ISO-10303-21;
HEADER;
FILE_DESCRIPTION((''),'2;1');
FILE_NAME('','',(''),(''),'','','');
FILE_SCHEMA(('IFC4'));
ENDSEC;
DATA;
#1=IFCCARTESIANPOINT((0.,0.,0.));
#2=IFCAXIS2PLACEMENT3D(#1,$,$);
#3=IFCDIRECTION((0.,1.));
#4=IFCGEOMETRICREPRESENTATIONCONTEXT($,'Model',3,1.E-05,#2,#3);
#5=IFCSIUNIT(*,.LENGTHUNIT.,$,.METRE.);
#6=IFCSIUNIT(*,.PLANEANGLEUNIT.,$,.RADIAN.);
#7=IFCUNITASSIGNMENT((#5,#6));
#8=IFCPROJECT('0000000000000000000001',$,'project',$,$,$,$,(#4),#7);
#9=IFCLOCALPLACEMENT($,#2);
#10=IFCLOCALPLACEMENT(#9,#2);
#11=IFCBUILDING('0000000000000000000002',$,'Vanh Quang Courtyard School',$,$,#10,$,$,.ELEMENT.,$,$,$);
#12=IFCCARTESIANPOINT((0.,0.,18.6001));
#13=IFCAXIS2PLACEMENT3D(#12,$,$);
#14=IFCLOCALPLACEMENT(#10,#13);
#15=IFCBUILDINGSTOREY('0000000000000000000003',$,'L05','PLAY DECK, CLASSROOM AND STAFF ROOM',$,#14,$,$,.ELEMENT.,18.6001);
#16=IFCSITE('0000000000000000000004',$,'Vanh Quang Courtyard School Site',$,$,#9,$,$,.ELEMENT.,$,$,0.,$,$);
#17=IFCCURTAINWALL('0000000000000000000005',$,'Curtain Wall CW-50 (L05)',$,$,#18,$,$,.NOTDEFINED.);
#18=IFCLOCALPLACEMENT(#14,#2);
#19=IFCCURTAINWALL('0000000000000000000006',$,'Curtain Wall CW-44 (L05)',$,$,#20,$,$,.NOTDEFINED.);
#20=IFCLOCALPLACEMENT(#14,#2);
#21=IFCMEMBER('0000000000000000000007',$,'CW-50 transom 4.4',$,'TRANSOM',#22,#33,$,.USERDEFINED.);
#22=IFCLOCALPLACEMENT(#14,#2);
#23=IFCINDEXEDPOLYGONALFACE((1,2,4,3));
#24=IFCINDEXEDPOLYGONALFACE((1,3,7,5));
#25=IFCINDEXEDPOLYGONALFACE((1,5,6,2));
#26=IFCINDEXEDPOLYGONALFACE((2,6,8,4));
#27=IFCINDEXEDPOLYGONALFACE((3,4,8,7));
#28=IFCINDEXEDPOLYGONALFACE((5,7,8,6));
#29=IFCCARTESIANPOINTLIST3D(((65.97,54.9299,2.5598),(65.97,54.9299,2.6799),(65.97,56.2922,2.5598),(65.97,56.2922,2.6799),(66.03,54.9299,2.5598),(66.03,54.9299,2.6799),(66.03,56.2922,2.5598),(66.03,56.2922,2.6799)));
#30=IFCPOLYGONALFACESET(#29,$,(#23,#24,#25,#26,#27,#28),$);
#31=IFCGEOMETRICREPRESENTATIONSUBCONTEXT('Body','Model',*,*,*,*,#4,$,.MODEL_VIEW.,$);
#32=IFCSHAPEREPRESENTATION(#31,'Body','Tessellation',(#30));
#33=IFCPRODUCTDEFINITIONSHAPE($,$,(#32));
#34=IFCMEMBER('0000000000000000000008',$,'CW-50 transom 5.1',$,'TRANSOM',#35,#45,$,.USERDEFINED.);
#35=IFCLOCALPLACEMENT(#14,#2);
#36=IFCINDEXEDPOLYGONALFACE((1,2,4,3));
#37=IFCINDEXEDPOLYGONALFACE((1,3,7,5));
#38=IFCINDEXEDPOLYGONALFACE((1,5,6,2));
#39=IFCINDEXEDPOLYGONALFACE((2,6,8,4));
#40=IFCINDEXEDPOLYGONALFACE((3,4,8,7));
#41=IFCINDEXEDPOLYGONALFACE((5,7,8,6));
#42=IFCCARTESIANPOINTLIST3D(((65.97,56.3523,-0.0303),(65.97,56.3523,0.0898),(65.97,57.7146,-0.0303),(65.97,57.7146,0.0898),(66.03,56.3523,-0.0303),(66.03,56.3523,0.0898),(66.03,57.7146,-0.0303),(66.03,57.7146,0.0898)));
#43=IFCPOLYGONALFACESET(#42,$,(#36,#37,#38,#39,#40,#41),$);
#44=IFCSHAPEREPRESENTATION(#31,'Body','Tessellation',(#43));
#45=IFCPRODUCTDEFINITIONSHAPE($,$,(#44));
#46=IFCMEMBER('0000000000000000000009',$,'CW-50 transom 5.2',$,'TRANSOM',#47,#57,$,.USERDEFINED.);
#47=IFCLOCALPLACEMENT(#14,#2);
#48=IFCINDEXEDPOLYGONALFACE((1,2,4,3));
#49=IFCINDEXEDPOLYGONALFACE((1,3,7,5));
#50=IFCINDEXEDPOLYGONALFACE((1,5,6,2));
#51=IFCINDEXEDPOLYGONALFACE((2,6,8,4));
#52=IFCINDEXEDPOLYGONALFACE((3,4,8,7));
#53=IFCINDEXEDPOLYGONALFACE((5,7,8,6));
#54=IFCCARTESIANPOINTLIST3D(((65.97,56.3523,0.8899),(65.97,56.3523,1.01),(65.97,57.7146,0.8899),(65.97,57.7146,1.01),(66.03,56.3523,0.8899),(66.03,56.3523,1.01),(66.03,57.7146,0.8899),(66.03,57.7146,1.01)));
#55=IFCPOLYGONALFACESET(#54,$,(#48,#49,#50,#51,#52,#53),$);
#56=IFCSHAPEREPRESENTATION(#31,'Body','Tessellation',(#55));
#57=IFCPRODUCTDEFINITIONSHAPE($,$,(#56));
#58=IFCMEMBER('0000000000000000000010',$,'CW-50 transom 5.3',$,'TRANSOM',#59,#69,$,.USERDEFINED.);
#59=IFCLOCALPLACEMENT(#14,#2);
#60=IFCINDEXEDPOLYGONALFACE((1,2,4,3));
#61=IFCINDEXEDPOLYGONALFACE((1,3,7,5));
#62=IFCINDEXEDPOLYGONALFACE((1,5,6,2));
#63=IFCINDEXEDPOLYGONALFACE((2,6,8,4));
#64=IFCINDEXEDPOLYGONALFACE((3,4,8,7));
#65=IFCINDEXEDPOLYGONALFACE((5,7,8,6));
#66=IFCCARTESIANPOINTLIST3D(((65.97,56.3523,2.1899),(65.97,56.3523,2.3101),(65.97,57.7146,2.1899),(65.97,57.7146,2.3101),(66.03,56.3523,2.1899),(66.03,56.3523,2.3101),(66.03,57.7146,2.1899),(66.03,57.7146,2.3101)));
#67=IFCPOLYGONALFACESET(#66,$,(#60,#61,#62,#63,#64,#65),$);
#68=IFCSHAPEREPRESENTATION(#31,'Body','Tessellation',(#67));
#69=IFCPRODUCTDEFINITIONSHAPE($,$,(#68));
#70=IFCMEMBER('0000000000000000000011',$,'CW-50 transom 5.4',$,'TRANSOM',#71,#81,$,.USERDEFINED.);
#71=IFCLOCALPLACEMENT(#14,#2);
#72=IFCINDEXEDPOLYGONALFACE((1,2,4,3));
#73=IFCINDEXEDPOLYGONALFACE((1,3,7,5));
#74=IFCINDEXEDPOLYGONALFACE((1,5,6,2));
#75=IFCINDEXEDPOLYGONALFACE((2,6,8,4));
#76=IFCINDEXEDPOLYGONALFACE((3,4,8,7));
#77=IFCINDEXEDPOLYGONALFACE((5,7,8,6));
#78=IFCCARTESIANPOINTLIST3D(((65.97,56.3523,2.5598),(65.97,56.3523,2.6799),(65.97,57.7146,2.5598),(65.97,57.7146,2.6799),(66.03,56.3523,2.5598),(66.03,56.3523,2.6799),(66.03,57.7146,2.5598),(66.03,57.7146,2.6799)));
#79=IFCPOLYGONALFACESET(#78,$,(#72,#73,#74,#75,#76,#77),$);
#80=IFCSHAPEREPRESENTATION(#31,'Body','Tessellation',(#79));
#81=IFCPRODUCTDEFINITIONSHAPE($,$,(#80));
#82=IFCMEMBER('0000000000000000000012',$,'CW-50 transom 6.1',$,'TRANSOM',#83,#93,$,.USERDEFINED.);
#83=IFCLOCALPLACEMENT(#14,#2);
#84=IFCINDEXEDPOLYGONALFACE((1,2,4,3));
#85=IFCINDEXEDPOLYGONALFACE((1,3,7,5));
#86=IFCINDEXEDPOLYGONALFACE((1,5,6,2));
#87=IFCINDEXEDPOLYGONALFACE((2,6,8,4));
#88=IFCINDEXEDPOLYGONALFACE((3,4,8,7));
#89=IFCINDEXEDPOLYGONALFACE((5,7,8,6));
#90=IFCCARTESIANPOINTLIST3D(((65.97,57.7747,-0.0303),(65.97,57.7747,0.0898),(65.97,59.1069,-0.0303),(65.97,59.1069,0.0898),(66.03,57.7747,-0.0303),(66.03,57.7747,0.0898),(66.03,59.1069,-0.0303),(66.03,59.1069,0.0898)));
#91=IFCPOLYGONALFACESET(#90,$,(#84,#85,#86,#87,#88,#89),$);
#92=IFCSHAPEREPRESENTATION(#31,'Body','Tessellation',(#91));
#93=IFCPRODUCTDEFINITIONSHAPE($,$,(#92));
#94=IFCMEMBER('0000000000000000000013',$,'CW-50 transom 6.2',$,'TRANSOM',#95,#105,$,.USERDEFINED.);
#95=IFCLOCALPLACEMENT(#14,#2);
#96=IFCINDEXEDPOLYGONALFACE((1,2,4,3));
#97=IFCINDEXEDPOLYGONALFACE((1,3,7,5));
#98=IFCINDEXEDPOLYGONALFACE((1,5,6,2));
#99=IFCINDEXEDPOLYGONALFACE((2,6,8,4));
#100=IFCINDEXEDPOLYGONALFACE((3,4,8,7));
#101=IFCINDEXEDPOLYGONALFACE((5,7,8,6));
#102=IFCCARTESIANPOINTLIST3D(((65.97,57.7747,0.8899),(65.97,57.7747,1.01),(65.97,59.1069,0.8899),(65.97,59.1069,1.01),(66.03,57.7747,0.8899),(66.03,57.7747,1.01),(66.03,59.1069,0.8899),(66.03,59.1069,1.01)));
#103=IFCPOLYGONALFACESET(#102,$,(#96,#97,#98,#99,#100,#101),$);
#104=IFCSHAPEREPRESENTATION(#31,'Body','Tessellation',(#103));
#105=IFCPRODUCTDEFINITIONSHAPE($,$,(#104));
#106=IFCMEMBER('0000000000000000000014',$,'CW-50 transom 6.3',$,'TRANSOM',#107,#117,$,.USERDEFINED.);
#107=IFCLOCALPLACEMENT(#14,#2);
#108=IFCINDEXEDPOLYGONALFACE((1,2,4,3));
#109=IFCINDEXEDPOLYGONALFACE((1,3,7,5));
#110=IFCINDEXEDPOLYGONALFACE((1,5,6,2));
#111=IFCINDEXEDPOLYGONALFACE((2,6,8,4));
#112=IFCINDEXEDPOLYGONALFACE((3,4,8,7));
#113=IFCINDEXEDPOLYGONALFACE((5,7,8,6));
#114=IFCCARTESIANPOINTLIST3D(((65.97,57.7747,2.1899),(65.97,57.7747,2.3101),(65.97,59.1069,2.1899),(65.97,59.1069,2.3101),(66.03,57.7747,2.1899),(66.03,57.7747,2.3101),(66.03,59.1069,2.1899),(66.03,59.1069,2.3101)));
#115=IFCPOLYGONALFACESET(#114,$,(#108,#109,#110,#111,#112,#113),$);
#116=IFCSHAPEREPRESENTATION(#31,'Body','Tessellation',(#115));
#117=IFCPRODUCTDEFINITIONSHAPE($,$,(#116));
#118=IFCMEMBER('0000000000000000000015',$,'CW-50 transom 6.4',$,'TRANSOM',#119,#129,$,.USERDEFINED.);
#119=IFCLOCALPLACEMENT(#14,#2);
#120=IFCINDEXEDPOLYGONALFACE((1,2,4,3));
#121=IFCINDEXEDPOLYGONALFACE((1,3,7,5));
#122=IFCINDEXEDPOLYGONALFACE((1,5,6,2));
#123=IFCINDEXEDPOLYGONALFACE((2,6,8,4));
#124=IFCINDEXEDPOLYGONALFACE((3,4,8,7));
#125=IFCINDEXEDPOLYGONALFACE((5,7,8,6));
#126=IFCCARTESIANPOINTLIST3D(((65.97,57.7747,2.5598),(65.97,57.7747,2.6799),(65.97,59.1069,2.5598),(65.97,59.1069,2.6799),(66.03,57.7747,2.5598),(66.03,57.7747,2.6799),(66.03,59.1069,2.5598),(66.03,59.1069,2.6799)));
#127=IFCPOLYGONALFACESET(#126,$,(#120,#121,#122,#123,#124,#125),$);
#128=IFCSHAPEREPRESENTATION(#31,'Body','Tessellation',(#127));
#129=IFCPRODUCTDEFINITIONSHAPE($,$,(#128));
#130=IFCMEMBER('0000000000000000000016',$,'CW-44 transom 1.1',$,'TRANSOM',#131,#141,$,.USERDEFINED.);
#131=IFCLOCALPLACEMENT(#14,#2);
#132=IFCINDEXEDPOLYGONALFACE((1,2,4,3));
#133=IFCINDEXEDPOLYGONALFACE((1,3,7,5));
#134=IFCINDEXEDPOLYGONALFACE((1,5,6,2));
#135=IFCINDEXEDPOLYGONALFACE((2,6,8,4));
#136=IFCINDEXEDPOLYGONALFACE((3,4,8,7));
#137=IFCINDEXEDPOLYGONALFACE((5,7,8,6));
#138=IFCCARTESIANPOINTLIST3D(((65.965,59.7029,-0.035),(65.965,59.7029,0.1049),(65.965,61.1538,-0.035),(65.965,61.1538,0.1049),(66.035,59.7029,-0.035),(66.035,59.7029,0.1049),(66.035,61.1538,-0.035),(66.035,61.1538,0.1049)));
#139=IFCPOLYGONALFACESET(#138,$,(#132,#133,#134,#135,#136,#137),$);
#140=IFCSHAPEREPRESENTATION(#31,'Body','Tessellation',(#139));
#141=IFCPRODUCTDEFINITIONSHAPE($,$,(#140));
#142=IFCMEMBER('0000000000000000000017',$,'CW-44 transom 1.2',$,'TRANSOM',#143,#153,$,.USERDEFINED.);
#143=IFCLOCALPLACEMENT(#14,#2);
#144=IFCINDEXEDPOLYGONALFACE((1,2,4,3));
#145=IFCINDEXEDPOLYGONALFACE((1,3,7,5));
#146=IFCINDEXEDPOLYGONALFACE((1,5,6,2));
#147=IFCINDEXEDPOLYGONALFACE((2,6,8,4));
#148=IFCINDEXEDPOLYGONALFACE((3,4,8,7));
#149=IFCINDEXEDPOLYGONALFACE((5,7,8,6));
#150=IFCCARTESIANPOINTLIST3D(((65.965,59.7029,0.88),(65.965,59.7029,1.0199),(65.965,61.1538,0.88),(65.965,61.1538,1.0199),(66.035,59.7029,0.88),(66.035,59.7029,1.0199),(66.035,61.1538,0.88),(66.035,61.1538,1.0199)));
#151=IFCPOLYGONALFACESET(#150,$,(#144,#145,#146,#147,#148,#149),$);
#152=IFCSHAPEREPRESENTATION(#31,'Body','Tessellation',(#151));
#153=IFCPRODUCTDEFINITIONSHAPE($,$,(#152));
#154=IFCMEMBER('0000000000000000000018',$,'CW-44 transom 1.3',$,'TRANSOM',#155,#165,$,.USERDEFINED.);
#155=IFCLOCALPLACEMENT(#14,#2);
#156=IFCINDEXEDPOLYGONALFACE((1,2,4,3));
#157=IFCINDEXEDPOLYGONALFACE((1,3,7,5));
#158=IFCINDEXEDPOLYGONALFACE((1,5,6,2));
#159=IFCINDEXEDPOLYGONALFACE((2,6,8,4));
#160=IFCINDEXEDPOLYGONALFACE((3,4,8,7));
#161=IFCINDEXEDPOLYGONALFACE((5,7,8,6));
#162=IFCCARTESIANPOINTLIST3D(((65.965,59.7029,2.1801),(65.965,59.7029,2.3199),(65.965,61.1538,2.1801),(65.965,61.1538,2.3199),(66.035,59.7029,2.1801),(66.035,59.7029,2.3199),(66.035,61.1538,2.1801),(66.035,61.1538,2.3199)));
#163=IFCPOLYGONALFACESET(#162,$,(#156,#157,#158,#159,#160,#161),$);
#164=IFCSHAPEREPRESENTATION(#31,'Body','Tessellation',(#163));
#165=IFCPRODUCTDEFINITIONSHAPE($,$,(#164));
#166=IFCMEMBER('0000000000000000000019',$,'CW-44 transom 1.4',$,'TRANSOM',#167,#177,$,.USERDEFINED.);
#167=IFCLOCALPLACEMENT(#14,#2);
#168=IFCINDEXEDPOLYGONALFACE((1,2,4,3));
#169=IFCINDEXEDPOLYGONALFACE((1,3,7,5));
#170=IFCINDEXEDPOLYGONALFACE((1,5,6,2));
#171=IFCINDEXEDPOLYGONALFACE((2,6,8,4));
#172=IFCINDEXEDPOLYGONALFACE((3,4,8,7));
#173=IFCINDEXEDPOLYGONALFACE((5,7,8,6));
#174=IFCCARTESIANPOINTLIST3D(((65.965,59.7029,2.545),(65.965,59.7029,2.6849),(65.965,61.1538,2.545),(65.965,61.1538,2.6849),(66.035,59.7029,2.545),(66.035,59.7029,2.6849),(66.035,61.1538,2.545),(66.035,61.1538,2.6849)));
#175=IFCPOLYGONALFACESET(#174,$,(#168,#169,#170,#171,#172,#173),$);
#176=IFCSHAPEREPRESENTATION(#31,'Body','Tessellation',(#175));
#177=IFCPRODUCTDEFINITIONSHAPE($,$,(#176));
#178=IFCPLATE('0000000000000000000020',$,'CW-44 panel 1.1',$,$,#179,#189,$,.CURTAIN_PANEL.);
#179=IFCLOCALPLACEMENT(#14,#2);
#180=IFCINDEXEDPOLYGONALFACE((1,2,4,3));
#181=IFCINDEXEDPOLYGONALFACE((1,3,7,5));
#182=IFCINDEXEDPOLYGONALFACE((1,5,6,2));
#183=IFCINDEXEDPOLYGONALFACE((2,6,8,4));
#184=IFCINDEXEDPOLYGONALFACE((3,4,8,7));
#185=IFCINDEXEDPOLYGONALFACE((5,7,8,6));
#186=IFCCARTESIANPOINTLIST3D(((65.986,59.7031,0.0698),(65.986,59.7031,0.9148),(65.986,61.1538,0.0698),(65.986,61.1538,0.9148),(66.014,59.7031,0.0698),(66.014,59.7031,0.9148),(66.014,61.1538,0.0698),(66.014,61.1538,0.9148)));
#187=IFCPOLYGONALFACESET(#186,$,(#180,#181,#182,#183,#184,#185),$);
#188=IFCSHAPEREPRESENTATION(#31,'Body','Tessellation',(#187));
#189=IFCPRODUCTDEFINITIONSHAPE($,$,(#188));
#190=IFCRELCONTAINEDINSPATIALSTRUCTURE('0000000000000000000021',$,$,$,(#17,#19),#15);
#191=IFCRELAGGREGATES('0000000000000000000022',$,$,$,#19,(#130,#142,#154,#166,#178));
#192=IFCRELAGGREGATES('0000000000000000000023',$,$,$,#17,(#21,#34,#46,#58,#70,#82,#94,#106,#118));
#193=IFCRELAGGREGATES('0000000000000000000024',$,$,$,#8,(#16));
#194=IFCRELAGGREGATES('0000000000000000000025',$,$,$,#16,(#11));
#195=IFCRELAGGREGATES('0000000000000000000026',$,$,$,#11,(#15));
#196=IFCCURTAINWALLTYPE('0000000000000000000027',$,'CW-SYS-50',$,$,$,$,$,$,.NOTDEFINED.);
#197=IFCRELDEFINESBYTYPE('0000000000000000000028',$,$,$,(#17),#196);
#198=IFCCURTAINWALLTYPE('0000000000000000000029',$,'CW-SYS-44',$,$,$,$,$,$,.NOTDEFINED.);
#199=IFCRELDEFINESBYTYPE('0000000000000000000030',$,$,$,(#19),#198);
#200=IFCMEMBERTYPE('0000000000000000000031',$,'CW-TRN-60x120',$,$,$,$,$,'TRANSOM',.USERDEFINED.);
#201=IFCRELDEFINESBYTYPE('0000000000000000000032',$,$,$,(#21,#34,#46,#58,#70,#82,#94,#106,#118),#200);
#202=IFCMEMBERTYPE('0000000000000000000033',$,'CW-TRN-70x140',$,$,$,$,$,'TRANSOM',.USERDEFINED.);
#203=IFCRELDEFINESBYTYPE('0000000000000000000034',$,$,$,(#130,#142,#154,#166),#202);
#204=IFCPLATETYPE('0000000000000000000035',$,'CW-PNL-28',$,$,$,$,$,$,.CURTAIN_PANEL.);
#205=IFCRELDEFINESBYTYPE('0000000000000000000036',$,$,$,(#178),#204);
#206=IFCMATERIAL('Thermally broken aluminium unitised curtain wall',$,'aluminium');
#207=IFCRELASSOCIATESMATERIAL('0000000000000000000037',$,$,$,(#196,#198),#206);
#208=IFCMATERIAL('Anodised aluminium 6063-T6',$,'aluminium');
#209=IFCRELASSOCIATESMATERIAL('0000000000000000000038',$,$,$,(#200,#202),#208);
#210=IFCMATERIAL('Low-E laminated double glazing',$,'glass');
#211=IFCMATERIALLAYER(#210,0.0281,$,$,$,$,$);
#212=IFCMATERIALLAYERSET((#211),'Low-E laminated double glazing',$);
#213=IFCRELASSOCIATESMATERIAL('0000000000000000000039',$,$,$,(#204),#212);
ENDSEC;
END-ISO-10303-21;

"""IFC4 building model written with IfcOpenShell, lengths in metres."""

from ifc_helpers import new_model, si_unit, direction, frame, origin, origin_2d, place, context, subcontext, project, spatial, rectangle, extrude, material, layer, layer_set, material_profile, profile_set, type_object, element, aggregate, save


model = new_model("IFC4")

# Units and contexts
model_context = context("Model", 3, precision=1e-05, world=origin(), true_north=direction((0.0, 1.0)))
body_context = subcontext(model_context, "Body", "Model", "MODEL_VIEW")
ifc_project = project(units=[si_unit("LENGTHUNIT", "METRE"), si_unit("PLANEANGLEUNIT", "RADIAN")], contexts=[model_context])

# Site, building, storey
site_placement = place(None, origin())
site = spatial("IfcSite", under=ifc_project, at=site_placement, Name="Vanh Quang Courtyard School Site", CompositionType="ELEMENT", RefElevation=0.0)
building_placement = place(site_placement, origin())
building = spatial("IfcBuilding", under=site, at=building_placement, Name="Vanh Quang Courtyard School", CompositionType="ELEMENT")
storey_placement = place(building_placement, frame((0.0, 0.0, 18.6001)))
storey = spatial("IfcBuildingStorey", under=building, at=storey_placement, Name="L05", Description="PLAY DECK, CLASSROOM AND STAFF ROOM", CompositionType="ELEMENT", Elevation=18.6001)

# Curtain wall
ifc_material_1 = material(Name="Thermally broken aluminium unitised curtain wall", Category="aluminium")
curtain_wall_type_1 = type_object("IfcCurtainWallType", Name="CW-SYS-50", PredefinedType="NOTDEFINED", material=ifc_material_1)
curtain_wall_1_placement = place(storey_placement, origin())
curtain_wall_1 = element("IfcCurtainWall", 1, at=curtain_wall_1_placement, inside=storey, type_object=curtain_wall_type_1, Name="Curtain Wall CW-50 (L05)", PredefinedType="NOTDEFINED")
ifc_material_2 = material(Name="Anodised aluminium 6063-T6", Category="aluminium")

# Curtain wall
curtain_wall_type_2 = type_object("IfcCurtainWallType", Name="CW-SYS-44", PredefinedType="NOTDEFINED", material=ifc_material_1)
curtain_wall_2_placement = place(storey_placement, origin())
curtain_wall_2 = element("IfcCurtainWall", 2, at=curtain_wall_2_placement, inside=storey, type_object=curtain_wall_type_2, Name="Curtain Wall CW-44 (L05)", PredefinedType="NOTDEFINED")

# Members
ifc_material_profile_1 = material_profile(ifc_material_2, rectangle(XDim=0.0601, YDim=0.1201, at=origin_2d()), Name="ALU-TRN 60x120")
ifc_profile_set_1 = profile_set([ifc_material_profile_1], Name="Anodised aluminium 6063-T6")
member_type_1 = type_object("IfcMemberType", Name="CW-TRN-60x120", ElementType="TRANSOM", PredefinedType="USERDEFINED", material=ifc_profile_set_1)
member_1_placement = place(storey_placement, frame((66.0, 54.9299, 2.6199), z_axis=(0.0, 1.0, 0.0), x_axis=(-1.0, 0.0, 0.0)))
member_1 = element("IfcMember", 3, at=member_1_placement, type_object=member_type_1, Name="CW-50 transom 4.4", ObjectType="TRANSOM", PredefinedType="USERDEFINED", context=body_context, shape_type="SweptSolid", body=[
    extrude(rectangle(XDim=0.0601, YDim=0.1201, at=origin_2d()), origin(), (0.0, 0.0, 1.0), 1.3623),
])
member_2_placement = place(storey_placement, frame((66.0, 56.3523, 0.0298), z_axis=(0.0, 1.0, 0.0), x_axis=(-1.0, 0.0, 0.0)))
member_2 = element("IfcMember", 4, at=member_2_placement, type_object=member_type_1, Name="CW-50 transom 5.1", ObjectType="TRANSOM", PredefinedType="USERDEFINED", context=body_context, shape_type="SweptSolid", body=[
    extrude(rectangle(XDim=0.0601, YDim=0.1201, at=origin_2d()), origin(), (0.0, 0.0, 1.0), 1.3623),
])
member_3_placement = place(storey_placement, frame((66.0, 56.3523, 0.95), z_axis=(0.0, 1.0, 0.0), x_axis=(-1.0, 0.0, 0.0)))
member_3 = element("IfcMember", 5, at=member_3_placement, type_object=member_type_1, Name="CW-50 transom 5.2", ObjectType="TRANSOM", PredefinedType="USERDEFINED", context=body_context, shape_type="SweptSolid", body=[
    extrude(rectangle(XDim=0.0601, YDim=0.1201, at=origin_2d()), origin(), (0.0, 0.0, 1.0), 1.3623),
])
member_4_placement = place(storey_placement, frame((66.0, 56.3523, 2.25), z_axis=(0.0, 1.0, 0.0), x_axis=(-1.0, 0.0, 0.0)))
member_4 = element("IfcMember", 6, at=member_4_placement, type_object=member_type_1, Name="CW-50 transom 5.3", ObjectType="TRANSOM", PredefinedType="USERDEFINED", context=body_context, shape_type="SweptSolid", body=[
    extrude(rectangle(XDim=0.0601, YDim=0.1201, at=origin_2d()), origin(), (0.0, 0.0, 1.0), 1.3623),
])
member_5_placement = place(storey_placement, frame((66.0, 56.3523, 2.6199), z_axis=(0.0, 1.0, 0.0), x_axis=(-1.0, 0.0, 0.0)))
member_5 = element("IfcMember", 7, at=member_5_placement, type_object=member_type_1, Name="CW-50 transom 5.4", ObjectType="TRANSOM", PredefinedType="USERDEFINED", context=body_context, shape_type="SweptSolid", body=[
    extrude(rectangle(XDim=0.0601, YDim=0.1201, at=origin_2d()), origin(), (0.0, 0.0, 1.0), 1.3623),
])
member_6_placement = place(storey_placement, frame((66.0, 57.7747, 0.0298), z_axis=(0.0, 1.0, 0.0), x_axis=(-1.0, 0.0, 0.0)))
member_6 = element("IfcMember", 8, at=member_6_placement, type_object=member_type_1, Name="CW-50 transom 6.1", ObjectType="TRANSOM", PredefinedType="USERDEFINED", context=body_context, shape_type="SweptSolid", body=[
    extrude(rectangle(XDim=0.0601, YDim=0.1201, at=origin_2d()), origin(), (0.0, 0.0, 1.0), 1.3323),
])
member_7_placement = place(storey_placement, frame((66.0, 57.7747, 0.95), z_axis=(0.0, 1.0, 0.0), x_axis=(-1.0, 0.0, 0.0)))
member_7 = element("IfcMember", 9, at=member_7_placement, type_object=member_type_1, Name="CW-50 transom 6.2", ObjectType="TRANSOM", PredefinedType="USERDEFINED", context=body_context, shape_type="SweptSolid", body=[
    extrude(rectangle(XDim=0.0601, YDim=0.1201, at=origin_2d()), origin(), (0.0, 0.0, 1.0), 1.3323),
])
member_8_placement = place(storey_placement, frame((66.0, 57.7747, 2.25), z_axis=(0.0, 1.0, 0.0), x_axis=(-1.0, 0.0, 0.0)))
member_8 = element("IfcMember", 10, at=member_8_placement, type_object=member_type_1, Name="CW-50 transom 6.3", ObjectType="TRANSOM", PredefinedType="USERDEFINED", context=body_context, shape_type="SweptSolid", body=[
    extrude(rectangle(XDim=0.0601, YDim=0.1201, at=origin_2d()), origin(), (0.0, 0.0, 1.0), 1.3323),
])
member_9_placement = place(storey_placement, frame((66.0, 57.7747, 2.6199), z_axis=(0.0, 1.0, 0.0), x_axis=(-1.0, 0.0, 0.0)))
member_9 = element("IfcMember", 11, at=member_9_placement, type_object=member_type_1, Name="CW-50 transom 6.4", ObjectType="TRANSOM", PredefinedType="USERDEFINED", context=body_context, shape_type="SweptSolid", body=[
    extrude(rectangle(XDim=0.0601, YDim=0.1201, at=origin_2d()), origin(), (0.0, 0.0, 1.0), 1.3323),
])
ifc_material_profile_2 = material_profile(ifc_material_2, rectangle(XDim=0.0701, YDim=0.1399, at=origin_2d()), Name="ALU-TRN 70x140")
ifc_profile_set_2 = profile_set([ifc_material_profile_2], Name="Anodised aluminium 6063-T6")
member_type_2 = type_object("IfcMemberType", Name="CW-TRN-70x140", ElementType="TRANSOM", PredefinedType="USERDEFINED", material=ifc_profile_set_2)
member_10_placement = place(storey_placement, frame((66.0, 59.7029, 0.0349), z_axis=(0.0, 1.0, 0.0), x_axis=(-1.0, 0.0, 0.0)))
member_10 = element("IfcMember", 12, at=member_10_placement, type_object=member_type_2, Name="CW-44 transom 1.1", ObjectType="TRANSOM", PredefinedType="USERDEFINED", context=body_context, shape_type="SweptSolid", body=[
    extrude(rectangle(XDim=0.0701, YDim=0.1399, at=origin_2d()), origin(), (0.0, 0.0, 1.0), 1.4509),
])
member_11_placement = place(storey_placement, frame((66.0, 59.7029, 0.95), z_axis=(0.0, 1.0, 0.0), x_axis=(-1.0, 0.0, 0.0)))
member_11 = element("IfcMember", 13, at=member_11_placement, type_object=member_type_2, Name="CW-44 transom 1.2", ObjectType="TRANSOM", PredefinedType="USERDEFINED", context=body_context, shape_type="SweptSolid", body=[
    extrude(rectangle(XDim=0.0701, YDim=0.1399, at=origin_2d()), origin(), (0.0, 0.0, 1.0), 1.4509),
])
member_12_placement = place(storey_placement, frame((66.0, 59.7029, 2.25), z_axis=(0.0, 1.0, 0.0), x_axis=(-1.0, 0.0, 0.0)))
member_12 = element("IfcMember", 14, at=member_12_placement, type_object=member_type_2, Name="CW-44 transom 1.3", ObjectType="TRANSOM", PredefinedType="USERDEFINED", context=body_context, shape_type="SweptSolid", body=[
    extrude(rectangle(XDim=0.0701, YDim=0.1399, at=origin_2d()), origin(), (0.0, 0.0, 1.0), 1.4509),
])
member_13_placement = place(storey_placement, frame((66.0, 59.7029, 2.615), z_axis=(0.0, 1.0, 0.0), x_axis=(-1.0, 0.0, 0.0)))
member_13 = element("IfcMember", 15, at=member_13_placement, type_object=member_type_2, Name="CW-44 transom 1.4", ObjectType="TRANSOM", PredefinedType="USERDEFINED", context=body_context, shape_type="SweptSolid", body=[
    extrude(rectangle(XDim=0.0701, YDim=0.1399, at=origin_2d()), origin(), (0.0, 0.0, 1.0), 1.4509),
])

# Plate
ifc_material_3 = material(Name="Low-E laminated double glazing", Category="glass")
ifc_layer_1 = layer(ifc_material_3, 0.0281)
ifc_layer_set_1 = layer_set([ifc_layer_1], Name="Low-E laminated double glazing")
plate_type_1 = type_object("IfcPlateType", Name="CW-PNL-28", PredefinedType="CURTAIN_PANEL", material=ifc_layer_set_1)
plate_1_placement = place(storey_placement, frame((66.0, 60.4285, 0.0698), z_axis=(0.0, 0.0, 1.0), x_axis=(0.0, 1.0, 0.0)))
plate_1 = element("IfcPlate", 16, at=plate_1_placement, type_object=plate_type_1, Name="CW-44 panel 1.1", PredefinedType="CURTAIN_PANEL", context=body_context, shape_type="SweptSolid", body=[
    extrude(rectangle(XDim=1.4507, YDim=0.0281, at=origin_2d()), origin(), (0.0, 0.0, 1.0), 0.845),
])
aggregate(curtain_wall_2, [member_10, member_11, member_12, member_13, plate_1])
aggregate(curtain_wall_1, [member_1, member_2, member_3, member_4, member_5, member_6, member_7, member_8, member_9])

save(model, "model.ifc")
